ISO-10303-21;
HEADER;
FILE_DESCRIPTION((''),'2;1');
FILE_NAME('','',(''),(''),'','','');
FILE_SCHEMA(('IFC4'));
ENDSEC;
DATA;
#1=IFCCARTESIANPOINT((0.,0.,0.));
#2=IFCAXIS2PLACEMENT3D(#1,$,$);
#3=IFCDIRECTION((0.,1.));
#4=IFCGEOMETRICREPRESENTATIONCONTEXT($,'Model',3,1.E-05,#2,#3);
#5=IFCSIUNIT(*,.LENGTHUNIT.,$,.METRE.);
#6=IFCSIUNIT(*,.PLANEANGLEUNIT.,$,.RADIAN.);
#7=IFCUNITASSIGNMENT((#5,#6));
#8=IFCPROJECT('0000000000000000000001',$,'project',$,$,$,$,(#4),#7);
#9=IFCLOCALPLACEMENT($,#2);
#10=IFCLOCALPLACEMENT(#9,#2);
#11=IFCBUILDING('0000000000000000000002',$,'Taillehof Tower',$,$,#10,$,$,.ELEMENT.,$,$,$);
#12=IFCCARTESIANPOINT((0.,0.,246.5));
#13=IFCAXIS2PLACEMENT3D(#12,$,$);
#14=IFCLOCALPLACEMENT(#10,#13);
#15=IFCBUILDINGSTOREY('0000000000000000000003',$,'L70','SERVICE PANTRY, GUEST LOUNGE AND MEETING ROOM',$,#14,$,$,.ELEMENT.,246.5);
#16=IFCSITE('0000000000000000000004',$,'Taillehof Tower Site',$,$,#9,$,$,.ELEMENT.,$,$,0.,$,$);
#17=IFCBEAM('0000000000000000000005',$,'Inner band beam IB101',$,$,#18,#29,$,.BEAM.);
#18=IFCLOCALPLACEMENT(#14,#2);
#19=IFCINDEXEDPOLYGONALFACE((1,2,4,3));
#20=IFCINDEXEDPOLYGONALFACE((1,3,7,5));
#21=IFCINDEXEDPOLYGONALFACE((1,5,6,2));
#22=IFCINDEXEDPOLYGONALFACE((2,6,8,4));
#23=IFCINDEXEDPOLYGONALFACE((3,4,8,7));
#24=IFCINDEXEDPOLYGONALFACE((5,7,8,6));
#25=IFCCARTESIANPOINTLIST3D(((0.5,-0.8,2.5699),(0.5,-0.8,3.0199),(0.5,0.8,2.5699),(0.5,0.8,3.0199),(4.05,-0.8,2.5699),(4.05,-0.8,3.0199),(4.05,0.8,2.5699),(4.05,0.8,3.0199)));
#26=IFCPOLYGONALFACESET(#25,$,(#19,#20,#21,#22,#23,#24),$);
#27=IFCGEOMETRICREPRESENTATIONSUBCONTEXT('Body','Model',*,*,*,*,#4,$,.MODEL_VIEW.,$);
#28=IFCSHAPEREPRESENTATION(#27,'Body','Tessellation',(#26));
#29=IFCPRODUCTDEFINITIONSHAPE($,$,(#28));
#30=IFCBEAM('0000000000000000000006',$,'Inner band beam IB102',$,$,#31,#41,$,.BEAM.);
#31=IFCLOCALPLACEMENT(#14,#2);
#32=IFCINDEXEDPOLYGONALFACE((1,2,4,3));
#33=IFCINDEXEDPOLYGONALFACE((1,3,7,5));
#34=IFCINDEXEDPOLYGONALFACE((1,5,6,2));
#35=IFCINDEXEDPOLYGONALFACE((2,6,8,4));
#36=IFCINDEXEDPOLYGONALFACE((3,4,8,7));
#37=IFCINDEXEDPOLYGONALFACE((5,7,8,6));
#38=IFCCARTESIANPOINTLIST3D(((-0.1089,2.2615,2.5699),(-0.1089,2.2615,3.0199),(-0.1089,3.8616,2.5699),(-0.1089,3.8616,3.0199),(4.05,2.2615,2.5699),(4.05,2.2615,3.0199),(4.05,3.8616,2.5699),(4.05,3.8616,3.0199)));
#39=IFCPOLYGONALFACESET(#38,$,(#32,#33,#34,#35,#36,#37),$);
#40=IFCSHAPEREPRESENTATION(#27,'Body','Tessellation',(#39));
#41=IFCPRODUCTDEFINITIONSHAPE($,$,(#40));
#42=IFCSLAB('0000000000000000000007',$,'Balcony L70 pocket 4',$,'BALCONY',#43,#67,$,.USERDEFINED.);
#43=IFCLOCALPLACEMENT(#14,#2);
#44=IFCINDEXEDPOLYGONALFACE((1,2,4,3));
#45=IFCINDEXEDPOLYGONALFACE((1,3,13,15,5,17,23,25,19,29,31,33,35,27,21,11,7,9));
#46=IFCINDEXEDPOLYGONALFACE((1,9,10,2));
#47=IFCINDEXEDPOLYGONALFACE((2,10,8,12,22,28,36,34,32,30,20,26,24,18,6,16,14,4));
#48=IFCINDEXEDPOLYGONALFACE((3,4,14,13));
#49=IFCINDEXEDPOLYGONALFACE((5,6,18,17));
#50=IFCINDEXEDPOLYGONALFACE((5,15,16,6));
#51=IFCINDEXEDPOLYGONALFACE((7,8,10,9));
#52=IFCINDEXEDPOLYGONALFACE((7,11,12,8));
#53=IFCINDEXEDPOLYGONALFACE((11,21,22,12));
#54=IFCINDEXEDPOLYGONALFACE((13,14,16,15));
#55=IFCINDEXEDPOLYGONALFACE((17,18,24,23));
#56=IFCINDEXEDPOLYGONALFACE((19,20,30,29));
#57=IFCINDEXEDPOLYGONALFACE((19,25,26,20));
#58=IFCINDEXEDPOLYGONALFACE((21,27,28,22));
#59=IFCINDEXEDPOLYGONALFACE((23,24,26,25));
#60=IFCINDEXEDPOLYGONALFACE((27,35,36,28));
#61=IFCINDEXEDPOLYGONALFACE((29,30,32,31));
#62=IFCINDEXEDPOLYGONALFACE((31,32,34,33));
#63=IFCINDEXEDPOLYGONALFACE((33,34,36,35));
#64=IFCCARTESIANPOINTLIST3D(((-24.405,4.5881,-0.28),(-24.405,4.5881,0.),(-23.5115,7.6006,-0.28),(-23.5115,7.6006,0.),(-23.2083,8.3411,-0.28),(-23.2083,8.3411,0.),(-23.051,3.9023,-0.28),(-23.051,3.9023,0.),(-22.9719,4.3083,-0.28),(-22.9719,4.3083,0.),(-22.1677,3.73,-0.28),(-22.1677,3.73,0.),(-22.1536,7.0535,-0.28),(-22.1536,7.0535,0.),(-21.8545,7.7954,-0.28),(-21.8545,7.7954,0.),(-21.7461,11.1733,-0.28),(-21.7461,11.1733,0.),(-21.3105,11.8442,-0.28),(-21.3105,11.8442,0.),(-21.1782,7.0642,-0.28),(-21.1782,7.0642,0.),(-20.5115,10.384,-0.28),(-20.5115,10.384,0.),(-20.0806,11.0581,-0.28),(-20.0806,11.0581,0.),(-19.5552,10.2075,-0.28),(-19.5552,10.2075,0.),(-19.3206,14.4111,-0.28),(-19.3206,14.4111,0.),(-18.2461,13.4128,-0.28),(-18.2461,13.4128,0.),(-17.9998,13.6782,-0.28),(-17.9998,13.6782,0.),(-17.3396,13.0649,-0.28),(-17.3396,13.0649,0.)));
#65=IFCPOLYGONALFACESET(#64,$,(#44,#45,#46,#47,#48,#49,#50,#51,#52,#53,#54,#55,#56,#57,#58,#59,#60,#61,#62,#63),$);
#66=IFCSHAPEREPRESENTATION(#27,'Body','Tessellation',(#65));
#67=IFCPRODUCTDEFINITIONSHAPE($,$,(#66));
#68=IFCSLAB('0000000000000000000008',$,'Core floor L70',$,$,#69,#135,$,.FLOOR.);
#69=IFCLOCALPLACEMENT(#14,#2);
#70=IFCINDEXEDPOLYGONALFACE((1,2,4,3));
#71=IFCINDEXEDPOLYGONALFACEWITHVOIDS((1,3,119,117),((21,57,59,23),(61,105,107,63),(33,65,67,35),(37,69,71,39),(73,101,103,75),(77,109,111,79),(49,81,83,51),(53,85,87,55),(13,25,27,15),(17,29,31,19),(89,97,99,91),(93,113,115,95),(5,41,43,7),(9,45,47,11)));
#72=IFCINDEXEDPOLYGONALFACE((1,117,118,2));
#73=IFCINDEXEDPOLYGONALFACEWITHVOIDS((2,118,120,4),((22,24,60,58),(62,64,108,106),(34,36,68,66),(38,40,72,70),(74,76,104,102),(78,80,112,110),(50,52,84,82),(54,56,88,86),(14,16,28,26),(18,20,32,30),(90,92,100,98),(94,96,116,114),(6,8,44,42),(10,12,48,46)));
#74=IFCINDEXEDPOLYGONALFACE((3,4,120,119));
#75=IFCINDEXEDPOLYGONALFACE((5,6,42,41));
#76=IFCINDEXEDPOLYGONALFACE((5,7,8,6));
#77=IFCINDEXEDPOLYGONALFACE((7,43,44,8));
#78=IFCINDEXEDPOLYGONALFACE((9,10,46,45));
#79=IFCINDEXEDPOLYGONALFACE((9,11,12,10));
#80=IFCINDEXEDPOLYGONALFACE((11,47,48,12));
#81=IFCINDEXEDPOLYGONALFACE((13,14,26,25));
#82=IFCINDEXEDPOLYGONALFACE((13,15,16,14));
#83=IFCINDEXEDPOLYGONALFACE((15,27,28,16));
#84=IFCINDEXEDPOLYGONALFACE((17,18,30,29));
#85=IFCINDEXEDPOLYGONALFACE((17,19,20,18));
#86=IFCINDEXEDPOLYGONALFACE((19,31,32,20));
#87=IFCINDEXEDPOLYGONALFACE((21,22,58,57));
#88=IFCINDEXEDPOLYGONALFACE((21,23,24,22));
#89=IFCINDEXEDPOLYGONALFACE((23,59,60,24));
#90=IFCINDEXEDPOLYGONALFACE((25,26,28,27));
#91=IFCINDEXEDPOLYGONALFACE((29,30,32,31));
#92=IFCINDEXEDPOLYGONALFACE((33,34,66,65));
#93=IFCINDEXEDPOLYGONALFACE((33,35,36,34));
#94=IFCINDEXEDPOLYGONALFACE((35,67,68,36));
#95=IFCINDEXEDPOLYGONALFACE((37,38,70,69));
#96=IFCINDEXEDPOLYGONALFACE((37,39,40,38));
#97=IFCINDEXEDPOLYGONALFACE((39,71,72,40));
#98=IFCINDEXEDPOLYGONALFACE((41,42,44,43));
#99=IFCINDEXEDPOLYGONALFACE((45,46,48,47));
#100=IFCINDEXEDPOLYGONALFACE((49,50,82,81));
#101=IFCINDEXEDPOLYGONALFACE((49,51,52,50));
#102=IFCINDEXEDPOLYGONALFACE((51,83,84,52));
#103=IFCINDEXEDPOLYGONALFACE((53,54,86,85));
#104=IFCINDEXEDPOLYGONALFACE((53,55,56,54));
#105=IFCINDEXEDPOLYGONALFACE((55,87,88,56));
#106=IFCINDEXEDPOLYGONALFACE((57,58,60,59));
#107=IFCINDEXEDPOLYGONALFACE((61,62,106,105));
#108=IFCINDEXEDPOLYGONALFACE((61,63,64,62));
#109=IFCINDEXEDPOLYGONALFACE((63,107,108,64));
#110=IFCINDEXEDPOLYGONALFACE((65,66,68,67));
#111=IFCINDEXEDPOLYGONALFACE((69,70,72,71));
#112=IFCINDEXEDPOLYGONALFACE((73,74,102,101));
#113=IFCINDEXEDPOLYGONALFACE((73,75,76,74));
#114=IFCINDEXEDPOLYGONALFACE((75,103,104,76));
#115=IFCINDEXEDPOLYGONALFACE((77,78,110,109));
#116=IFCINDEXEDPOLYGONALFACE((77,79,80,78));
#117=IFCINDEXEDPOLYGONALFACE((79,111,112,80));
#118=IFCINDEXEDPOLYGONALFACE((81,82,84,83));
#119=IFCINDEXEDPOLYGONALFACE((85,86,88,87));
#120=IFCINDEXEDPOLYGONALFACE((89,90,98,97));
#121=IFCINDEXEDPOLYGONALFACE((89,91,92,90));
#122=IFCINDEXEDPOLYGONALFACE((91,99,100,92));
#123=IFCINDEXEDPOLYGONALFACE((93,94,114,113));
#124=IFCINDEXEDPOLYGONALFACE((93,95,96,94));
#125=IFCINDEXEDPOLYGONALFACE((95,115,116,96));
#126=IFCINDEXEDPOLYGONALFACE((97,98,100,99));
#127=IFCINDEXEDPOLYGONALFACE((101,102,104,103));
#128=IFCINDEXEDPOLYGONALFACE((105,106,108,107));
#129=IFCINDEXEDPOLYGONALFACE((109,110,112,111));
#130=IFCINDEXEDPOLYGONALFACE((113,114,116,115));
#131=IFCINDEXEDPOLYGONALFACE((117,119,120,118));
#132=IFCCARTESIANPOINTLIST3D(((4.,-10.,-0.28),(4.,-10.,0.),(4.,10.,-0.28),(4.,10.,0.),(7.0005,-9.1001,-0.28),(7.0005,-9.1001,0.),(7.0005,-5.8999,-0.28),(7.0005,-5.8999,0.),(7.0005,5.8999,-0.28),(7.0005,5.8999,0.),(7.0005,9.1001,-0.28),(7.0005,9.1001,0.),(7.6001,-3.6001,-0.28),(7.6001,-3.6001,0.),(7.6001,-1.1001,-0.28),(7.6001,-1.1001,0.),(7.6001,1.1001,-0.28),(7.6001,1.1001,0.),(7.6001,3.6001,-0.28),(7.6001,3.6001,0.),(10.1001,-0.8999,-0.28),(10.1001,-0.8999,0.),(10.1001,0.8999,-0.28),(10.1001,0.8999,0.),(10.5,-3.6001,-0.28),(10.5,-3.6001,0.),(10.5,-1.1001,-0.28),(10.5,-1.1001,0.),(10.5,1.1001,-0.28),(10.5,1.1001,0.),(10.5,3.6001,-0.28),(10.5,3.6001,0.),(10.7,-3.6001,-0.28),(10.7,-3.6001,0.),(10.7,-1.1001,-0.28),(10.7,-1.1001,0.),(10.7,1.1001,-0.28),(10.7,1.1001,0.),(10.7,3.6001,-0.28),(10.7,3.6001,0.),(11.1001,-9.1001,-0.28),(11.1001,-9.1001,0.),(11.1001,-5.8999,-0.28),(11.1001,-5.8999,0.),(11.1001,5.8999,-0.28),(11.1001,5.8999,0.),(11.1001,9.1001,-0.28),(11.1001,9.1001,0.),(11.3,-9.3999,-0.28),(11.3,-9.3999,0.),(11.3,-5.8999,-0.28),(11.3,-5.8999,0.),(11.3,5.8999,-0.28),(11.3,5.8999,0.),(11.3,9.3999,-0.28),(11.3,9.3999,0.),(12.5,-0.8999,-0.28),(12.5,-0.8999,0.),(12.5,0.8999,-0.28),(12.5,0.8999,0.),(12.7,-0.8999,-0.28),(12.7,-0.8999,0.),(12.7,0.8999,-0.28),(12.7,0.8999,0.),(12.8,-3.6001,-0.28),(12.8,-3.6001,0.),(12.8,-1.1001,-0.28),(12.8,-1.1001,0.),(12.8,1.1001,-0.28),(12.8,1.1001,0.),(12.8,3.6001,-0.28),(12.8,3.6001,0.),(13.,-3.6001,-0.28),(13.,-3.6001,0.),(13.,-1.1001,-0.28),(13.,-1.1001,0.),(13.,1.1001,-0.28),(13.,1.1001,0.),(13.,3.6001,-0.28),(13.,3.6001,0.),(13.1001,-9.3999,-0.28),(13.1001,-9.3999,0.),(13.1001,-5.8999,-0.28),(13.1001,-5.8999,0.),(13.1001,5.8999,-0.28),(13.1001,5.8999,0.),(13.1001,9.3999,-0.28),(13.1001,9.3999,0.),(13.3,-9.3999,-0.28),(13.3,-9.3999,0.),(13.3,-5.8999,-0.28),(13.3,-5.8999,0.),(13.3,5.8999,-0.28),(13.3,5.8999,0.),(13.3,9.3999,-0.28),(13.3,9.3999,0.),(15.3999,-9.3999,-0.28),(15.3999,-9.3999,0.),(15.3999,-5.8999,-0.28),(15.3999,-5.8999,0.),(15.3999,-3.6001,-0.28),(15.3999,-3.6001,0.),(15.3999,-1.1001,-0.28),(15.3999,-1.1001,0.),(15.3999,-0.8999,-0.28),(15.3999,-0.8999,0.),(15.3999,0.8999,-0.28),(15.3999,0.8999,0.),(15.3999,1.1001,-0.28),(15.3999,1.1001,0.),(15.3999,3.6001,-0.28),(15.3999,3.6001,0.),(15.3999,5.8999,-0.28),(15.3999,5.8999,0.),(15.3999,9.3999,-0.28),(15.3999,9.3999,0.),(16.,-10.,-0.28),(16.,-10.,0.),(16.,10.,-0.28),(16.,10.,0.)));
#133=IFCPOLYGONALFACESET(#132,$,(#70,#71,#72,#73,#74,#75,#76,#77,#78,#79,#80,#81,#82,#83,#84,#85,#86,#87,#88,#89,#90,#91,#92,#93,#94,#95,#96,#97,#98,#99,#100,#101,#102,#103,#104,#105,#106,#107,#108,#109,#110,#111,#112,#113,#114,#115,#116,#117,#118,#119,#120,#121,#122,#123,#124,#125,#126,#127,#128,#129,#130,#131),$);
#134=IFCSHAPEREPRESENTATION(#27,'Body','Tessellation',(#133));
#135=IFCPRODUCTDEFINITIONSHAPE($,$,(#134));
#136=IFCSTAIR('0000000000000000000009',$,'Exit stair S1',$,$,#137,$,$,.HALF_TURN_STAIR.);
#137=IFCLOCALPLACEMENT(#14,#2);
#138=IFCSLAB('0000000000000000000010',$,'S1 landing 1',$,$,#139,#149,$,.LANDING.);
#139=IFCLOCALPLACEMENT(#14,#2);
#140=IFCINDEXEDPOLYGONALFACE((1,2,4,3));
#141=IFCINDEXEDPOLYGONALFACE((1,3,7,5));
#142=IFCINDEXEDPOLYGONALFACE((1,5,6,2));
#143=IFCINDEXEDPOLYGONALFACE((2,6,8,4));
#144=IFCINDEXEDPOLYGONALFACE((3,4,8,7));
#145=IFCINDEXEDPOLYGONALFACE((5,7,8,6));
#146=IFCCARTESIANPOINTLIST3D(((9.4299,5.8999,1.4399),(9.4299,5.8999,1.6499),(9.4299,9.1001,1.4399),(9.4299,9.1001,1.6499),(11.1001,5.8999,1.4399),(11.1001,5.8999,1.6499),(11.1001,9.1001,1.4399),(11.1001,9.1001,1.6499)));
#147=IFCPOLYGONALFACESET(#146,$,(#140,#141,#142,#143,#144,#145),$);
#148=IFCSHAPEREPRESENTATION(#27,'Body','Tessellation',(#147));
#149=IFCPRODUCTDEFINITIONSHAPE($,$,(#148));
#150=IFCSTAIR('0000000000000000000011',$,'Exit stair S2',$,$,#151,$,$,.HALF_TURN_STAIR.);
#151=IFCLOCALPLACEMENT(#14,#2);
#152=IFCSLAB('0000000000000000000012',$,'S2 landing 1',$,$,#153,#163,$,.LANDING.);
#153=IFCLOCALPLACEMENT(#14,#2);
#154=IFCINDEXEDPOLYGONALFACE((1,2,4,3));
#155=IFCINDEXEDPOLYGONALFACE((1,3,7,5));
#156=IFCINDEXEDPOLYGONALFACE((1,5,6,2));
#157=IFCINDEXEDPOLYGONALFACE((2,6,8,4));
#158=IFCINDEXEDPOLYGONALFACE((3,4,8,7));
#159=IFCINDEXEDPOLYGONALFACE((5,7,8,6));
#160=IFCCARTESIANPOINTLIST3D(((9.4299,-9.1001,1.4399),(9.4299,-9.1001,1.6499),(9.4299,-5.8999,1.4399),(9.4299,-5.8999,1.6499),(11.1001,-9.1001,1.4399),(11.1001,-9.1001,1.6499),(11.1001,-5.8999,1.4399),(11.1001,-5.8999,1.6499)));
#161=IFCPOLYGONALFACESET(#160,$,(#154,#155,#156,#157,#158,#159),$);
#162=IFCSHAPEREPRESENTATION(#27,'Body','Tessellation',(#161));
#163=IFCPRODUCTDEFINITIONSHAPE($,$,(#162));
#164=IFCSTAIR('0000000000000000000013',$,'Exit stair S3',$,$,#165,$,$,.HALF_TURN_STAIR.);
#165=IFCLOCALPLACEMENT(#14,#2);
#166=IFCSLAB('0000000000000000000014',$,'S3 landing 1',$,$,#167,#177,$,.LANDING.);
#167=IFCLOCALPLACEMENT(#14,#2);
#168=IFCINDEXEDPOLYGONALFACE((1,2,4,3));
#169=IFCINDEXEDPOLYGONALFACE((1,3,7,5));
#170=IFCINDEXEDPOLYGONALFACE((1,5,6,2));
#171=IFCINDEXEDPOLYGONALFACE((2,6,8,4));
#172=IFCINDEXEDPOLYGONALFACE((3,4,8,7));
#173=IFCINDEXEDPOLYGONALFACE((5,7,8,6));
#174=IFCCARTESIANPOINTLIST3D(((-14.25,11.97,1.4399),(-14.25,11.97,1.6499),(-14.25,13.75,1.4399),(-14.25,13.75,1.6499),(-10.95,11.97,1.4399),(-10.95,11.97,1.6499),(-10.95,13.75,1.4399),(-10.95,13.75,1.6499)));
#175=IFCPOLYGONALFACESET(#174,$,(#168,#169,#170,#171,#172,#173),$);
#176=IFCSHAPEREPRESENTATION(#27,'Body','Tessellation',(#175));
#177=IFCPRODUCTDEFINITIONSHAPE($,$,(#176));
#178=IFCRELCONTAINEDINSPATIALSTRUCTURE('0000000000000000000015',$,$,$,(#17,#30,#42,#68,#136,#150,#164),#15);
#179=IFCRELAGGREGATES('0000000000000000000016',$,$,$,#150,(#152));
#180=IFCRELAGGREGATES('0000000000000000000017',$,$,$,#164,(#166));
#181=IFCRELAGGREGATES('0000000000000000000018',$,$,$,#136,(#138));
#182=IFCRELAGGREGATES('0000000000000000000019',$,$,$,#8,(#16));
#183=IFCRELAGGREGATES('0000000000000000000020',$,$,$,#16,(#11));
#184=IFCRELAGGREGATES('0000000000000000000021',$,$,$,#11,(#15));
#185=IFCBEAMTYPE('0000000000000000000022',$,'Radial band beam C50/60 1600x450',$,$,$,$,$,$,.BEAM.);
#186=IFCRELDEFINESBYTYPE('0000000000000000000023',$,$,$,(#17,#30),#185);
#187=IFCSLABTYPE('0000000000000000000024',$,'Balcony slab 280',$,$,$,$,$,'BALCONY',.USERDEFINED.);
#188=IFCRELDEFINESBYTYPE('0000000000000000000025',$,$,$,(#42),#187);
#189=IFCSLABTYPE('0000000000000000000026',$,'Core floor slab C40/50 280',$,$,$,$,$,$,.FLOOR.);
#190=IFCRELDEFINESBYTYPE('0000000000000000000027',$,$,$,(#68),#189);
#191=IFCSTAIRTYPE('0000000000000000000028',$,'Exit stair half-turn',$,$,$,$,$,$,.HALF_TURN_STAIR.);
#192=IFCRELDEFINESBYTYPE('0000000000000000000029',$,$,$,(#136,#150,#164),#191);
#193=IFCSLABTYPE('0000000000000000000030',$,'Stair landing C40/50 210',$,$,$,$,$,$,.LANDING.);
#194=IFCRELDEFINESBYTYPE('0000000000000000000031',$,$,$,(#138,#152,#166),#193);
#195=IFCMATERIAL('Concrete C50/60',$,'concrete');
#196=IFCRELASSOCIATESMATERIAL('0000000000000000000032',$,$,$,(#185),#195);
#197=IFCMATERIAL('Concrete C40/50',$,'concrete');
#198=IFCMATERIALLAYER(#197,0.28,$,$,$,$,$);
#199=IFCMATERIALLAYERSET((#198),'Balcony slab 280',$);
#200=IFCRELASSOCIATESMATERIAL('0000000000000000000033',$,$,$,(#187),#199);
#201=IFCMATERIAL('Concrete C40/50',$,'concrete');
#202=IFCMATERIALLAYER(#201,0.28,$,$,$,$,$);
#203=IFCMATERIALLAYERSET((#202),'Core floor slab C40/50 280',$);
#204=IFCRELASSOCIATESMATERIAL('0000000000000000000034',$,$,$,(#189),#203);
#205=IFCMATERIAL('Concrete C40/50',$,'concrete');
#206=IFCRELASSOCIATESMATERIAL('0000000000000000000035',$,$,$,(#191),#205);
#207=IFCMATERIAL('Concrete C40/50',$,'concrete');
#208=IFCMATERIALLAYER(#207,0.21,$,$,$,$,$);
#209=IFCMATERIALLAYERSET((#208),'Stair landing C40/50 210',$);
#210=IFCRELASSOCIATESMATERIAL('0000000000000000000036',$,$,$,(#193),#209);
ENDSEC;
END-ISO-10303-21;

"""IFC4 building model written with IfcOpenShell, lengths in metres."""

from ifc_helpers import new_model, si_unit, direction, frame, origin, origin_2d, place, context, subcontext, project, spatial, polyline, rectangle, outline, extrude, material, layer, layer_set, material_profile, profile_set, type_object, element, aggregate, save


model = new_model("IFC4")

# Units and contexts
model_context = context("Model", 3, precision=1e-05, world=origin(), true_north=direction((0.0, 1.0)))
body_context = subcontext(model_context, "Body", "Model", "MODEL_VIEW")
ifc_project = project(units=[si_unit("LENGTHUNIT", "METRE"), si_unit("PLANEANGLEUNIT", "RADIAN")], contexts=[model_context])

# Site, building, storey
site_placement = place(None, origin())
site = spatial("IfcSite", under=ifc_project, at=site_placement, Name="Taillehof Tower Site", CompositionType="ELEMENT", RefElevation=0.0)
building_placement = place(site_placement, origin())
building = spatial("IfcBuilding", under=site, at=building_placement, Name="Taillehof Tower", CompositionType="ELEMENT")
storey_placement = place(building_placement, frame((0.0, 0.0, 246.5)))
storey = spatial("IfcBuildingStorey", under=building, at=storey_placement, Name="L70", Description="SERVICE PANTRY, GUEST LOUNGE AND MEETING ROOM", CompositionType="ELEMENT", Elevation=246.5)

# Beams
ifc_material_1 = material(Name="Concrete C50/60", Category="concrete")
ifc_material_profile = material_profile(ifc_material_1, rectangle(XDim=1.6001, YDim=0.45, at=origin_2d()), Name="RC 1600x450")
ifc_profile_set = profile_set([ifc_material_profile], Name="Concrete C50/60")
beam_type = type_object("IfcBeamType", Name="Radial band beam C50/60 1600x450", PredefinedType="BEAM", material=ifc_profile_set)
beam_1_placement = place(storey_placement, frame((0.5, 0.0, 2.7949), z_axis=(1.0, 0.0, 0.0), x_axis=(0.0, 1.0, 0.0)))
element("IfcBeam", 1, at=beam_1_placement, inside=storey, type_object=beam_type, Name="Inner band beam IB101", PredefinedType="BEAM", context=body_context, shape_type="SweptSolid", body=[
    extrude(rectangle(XDim=1.6001, YDim=0.45, at=origin_2d()), origin(), (0.0, 0.0, 1.0), 3.55),
])
beam_2_placement = place(storey_placement, frame((-0.1089, 3.0615, 2.7949), z_axis=(1.0, 0.0, 0.0), x_axis=(0.0, 1.0, 0.0)))
element("IfcBeam", 2, at=beam_2_placement, inside=storey, type_object=beam_type, Name="Inner band beam IB102", PredefinedType="BEAM", context=body_context, shape_type="SweptSolid", body=[
    extrude(rectangle(XDim=1.6001, YDim=0.45, at=origin_2d()), origin(), (0.0, 0.0, 1.0), 4.1589),
])

# Slabs
ifc_material_2 = material(Name="Concrete C40/50", Category="concrete")
ifc_layer_1 = layer(ifc_material_2, 0.28)
ifc_layer_set_1 = layer_set([ifc_layer_1], Name="Balcony slab 280")
slab_type_1 = type_object("IfcSlabType", Name="Balcony slab 280", ElementType="BALCONY", PredefinedType="USERDEFINED", material=ifc_layer_set_1)
slab_1_placement = place(storey_placement, frame((0.0, 0.0, -0.28)))
element("IfcSlab", 3, at=slab_1_placement, inside=storey, type_object=slab_type_1, Name="Balcony L70 pocket 4", ObjectType="BALCONY", PredefinedType="USERDEFINED", context=body_context, shape_type="SweptSolid", body=[
    extrude(outline(polyline([(-22.1677, 3.73), (-23.051, 3.9023), (-22.9719, 4.3083), (-24.405, 4.5881), (-23.5115, 7.6006), (-22.1536, 7.0535), (-21.8545, 7.7954), (-23.2083, 8.3411), (-21.7461, 11.1733), (-20.5115, 10.384), (-20.0806, 11.0581), (-21.3105, 11.8442), (-19.3206, 14.4111), (-18.2461, 13.4128), (-17.9998, 13.6782), (-17.3396, 13.0649), (-19.5552, 10.2075), (-21.1782, 7.0642), (-22.1677, 3.73)])), origin(), (0.0, 0.0, 1.0), 0.28),
])
ifc_material_3 = material(Name="Concrete C40/50", Category="concrete")
ifc_layer_2 = layer(ifc_material_3, 0.28)
ifc_layer_set_2 = layer_set([ifc_layer_2], Name="Core floor slab C40/50 280")
slab_type_2 = type_object("IfcSlabType", Name="Core floor slab C40/50 280", PredefinedType="FLOOR", material=ifc_layer_set_2)
slab_2_placement = place(storey_placement, frame((0.0, 0.0, -0.28)))
element("IfcSlab", 4, at=slab_2_placement, inside=storey, type_object=slab_type_2, Name="Core floor L70", PredefinedType="FLOOR", context=body_context, shape_type="SweptSolid", body=[
    extrude(outline(polyline([(4.0, -10.0), (4.0, 10.0), (16.0, 10.0), (16.0, -10.0), (4.0, -10.0)]), holes=[polyline([(11.1001, -9.1001), (11.1001, -5.8999), (7.0005, -5.8999), (7.0005, -9.1001), (11.1001, -9.1001)]), polyline([(10.5, -3.6001), (10.5, -1.1001), (7.6001, -1.1001), (7.6001, -3.6001), (10.5, -3.6001)]), polyline([(12.8, -3.6001), (12.8, -1.1001), (10.7, -1.1001), (10.7, -3.6001), (12.8, -3.6001)]), polyline([(12.5, -0.8999), (12.5, 0.8999), (10.1001, 0.8999), (10.1001, -0.8999), (12.5, -0.8999)]), polyline([(10.5, 1.1001), (10.5, 3.6001), (7.6001, 3.6001), (7.6001, 1.1001), (10.5, 1.1001)]), polyline([(12.8, 1.1001), (12.8, 3.6001), (10.7, 3.6001), (10.7, 1.1001), (12.8, 1.1001)]), polyline([(11.1001, 5.8999), (11.1001, 9.1001), (7.0005, 9.1001), (7.0005, 5.8999), (11.1001, 5.8999)]), polyline([(13.1001, -5.8999), (11.3, -5.8999), (11.3, -9.3999), (13.1001, -9.3999), (13.1001, -5.8999)]), polyline([(15.3999, -9.3999), (15.3999, -5.8999), (13.3, -5.8999), (13.3, -9.3999), (15.3999, -9.3999)]), polyline([(15.3999, -3.6001), (15.3999, -1.1001), (13.0, -1.1001), (13.0, -3.6001), (15.3999, -3.6001)]), polyline([(15.3999, -0.8999), (15.3999, 0.8999), (12.7, 0.8999), (12.7, -0.8999), (15.3999, -0.8999)]), polyline([(15.3999, 1.1001), (15.3999, 3.6001), (13.0, 3.6001), (13.0, 1.1001), (15.3999, 1.1001)]), polyline([(13.1001, 5.8999), (13.1001, 9.3999), (11.3, 9.3999), (11.3, 5.8999), (13.1001, 5.8999)]), polyline([(15.3999, 5.8999), (15.3999, 9.3999), (13.3, 9.3999), (13.3, 5.8999), (15.3999, 5.8999)])]), origin(), (0.0, 0.0, 1.0), 0.28),
])

# Stairs, slabs
ifc_material_4 = material(Name="Concrete C40/50", Category="concrete")
stair_type = type_object("IfcStairType", Name="Exit stair half-turn", PredefinedType="HALF_TURN_STAIR", material=ifc_material_4)
stair_1_placement = place(storey_placement, origin())
stair_1 = element("IfcStair", 5, at=stair_1_placement, inside=storey, type_object=stair_type, Name="Exit stair S1", PredefinedType="HALF_TURN_STAIR")
ifc_material_5 = material(Name="Concrete C40/50", Category="concrete")
ifc_layer_3 = layer(ifc_material_5, 0.21)
ifc_layer_set_3 = layer_set([ifc_layer_3], Name="Stair landing C40/50 210")
slab_type_3 = type_object("IfcSlabType", Name="Stair landing C40/50 210", PredefinedType="LANDING", material=ifc_layer_set_3)
slab_3_placement = place(storey_placement, frame((0.0, 0.0, 1.4399)))
slab_3 = element("IfcSlab", 6, at=slab_3_placement, type_object=slab_type_3, Name="S1 landing 1", PredefinedType="LANDING", context=body_context, shape_type="SweptSolid", body=[
    extrude(outline(polyline([(9.4299, 5.8999), (11.1001, 5.8999), (11.1001, 9.1001), (9.4299, 9.1001), (9.4299, 5.8999)])), origin(), (0.0, 0.0, 1.0), 0.21),
])
stair_2_placement = place(storey_placement, origin())
stair_2 = element("IfcStair", 7, at=stair_2_placement, inside=storey, type_object=stair_type, Name="Exit stair S2", PredefinedType="HALF_TURN_STAIR")
slab_4_placement = place(storey_placement, frame((0.0, 0.0, 1.4399)))
slab_4 = element("IfcSlab", 8, at=slab_4_placement, type_object=slab_type_3, Name="S2 landing 1", PredefinedType="LANDING", context=body_context, shape_type="SweptSolid", body=[
    extrude(outline(polyline([(9.4299, -5.8999), (11.1001, -5.8999), (11.1001, -9.1001), (9.4299, -9.1001), (9.4299, -5.8999)])), origin(), (0.0, 0.0, 1.0), 0.21),
])
aggregate(stair_2, [slab_4])
stair_3_placement = place(storey_placement, origin())
stair_3 = element("IfcStair", 9, at=stair_3_placement, inside=storey, type_object=stair_type, Name="Exit stair S3", PredefinedType="HALF_TURN_STAIR")
slab_5_placement = place(storey_placement, frame((0.0, 0.0, 1.4399)))
slab_5 = element("IfcSlab", 10, at=slab_5_placement, type_object=slab_type_3, Name="S3 landing 1", PredefinedType="LANDING", context=body_context, shape_type="SweptSolid", body=[
    extrude(outline(polyline([(-14.25, 11.97), (-14.25, 13.75), (-10.95, 13.75), (-10.95, 11.97), (-14.25, 11.97)])), origin(), (0.0, 0.0, 1.0), 0.21),
])
aggregate(stair_3, [slab_5])

aggregate(stair_1, [slab_3])

save(model, "model.ifc")
